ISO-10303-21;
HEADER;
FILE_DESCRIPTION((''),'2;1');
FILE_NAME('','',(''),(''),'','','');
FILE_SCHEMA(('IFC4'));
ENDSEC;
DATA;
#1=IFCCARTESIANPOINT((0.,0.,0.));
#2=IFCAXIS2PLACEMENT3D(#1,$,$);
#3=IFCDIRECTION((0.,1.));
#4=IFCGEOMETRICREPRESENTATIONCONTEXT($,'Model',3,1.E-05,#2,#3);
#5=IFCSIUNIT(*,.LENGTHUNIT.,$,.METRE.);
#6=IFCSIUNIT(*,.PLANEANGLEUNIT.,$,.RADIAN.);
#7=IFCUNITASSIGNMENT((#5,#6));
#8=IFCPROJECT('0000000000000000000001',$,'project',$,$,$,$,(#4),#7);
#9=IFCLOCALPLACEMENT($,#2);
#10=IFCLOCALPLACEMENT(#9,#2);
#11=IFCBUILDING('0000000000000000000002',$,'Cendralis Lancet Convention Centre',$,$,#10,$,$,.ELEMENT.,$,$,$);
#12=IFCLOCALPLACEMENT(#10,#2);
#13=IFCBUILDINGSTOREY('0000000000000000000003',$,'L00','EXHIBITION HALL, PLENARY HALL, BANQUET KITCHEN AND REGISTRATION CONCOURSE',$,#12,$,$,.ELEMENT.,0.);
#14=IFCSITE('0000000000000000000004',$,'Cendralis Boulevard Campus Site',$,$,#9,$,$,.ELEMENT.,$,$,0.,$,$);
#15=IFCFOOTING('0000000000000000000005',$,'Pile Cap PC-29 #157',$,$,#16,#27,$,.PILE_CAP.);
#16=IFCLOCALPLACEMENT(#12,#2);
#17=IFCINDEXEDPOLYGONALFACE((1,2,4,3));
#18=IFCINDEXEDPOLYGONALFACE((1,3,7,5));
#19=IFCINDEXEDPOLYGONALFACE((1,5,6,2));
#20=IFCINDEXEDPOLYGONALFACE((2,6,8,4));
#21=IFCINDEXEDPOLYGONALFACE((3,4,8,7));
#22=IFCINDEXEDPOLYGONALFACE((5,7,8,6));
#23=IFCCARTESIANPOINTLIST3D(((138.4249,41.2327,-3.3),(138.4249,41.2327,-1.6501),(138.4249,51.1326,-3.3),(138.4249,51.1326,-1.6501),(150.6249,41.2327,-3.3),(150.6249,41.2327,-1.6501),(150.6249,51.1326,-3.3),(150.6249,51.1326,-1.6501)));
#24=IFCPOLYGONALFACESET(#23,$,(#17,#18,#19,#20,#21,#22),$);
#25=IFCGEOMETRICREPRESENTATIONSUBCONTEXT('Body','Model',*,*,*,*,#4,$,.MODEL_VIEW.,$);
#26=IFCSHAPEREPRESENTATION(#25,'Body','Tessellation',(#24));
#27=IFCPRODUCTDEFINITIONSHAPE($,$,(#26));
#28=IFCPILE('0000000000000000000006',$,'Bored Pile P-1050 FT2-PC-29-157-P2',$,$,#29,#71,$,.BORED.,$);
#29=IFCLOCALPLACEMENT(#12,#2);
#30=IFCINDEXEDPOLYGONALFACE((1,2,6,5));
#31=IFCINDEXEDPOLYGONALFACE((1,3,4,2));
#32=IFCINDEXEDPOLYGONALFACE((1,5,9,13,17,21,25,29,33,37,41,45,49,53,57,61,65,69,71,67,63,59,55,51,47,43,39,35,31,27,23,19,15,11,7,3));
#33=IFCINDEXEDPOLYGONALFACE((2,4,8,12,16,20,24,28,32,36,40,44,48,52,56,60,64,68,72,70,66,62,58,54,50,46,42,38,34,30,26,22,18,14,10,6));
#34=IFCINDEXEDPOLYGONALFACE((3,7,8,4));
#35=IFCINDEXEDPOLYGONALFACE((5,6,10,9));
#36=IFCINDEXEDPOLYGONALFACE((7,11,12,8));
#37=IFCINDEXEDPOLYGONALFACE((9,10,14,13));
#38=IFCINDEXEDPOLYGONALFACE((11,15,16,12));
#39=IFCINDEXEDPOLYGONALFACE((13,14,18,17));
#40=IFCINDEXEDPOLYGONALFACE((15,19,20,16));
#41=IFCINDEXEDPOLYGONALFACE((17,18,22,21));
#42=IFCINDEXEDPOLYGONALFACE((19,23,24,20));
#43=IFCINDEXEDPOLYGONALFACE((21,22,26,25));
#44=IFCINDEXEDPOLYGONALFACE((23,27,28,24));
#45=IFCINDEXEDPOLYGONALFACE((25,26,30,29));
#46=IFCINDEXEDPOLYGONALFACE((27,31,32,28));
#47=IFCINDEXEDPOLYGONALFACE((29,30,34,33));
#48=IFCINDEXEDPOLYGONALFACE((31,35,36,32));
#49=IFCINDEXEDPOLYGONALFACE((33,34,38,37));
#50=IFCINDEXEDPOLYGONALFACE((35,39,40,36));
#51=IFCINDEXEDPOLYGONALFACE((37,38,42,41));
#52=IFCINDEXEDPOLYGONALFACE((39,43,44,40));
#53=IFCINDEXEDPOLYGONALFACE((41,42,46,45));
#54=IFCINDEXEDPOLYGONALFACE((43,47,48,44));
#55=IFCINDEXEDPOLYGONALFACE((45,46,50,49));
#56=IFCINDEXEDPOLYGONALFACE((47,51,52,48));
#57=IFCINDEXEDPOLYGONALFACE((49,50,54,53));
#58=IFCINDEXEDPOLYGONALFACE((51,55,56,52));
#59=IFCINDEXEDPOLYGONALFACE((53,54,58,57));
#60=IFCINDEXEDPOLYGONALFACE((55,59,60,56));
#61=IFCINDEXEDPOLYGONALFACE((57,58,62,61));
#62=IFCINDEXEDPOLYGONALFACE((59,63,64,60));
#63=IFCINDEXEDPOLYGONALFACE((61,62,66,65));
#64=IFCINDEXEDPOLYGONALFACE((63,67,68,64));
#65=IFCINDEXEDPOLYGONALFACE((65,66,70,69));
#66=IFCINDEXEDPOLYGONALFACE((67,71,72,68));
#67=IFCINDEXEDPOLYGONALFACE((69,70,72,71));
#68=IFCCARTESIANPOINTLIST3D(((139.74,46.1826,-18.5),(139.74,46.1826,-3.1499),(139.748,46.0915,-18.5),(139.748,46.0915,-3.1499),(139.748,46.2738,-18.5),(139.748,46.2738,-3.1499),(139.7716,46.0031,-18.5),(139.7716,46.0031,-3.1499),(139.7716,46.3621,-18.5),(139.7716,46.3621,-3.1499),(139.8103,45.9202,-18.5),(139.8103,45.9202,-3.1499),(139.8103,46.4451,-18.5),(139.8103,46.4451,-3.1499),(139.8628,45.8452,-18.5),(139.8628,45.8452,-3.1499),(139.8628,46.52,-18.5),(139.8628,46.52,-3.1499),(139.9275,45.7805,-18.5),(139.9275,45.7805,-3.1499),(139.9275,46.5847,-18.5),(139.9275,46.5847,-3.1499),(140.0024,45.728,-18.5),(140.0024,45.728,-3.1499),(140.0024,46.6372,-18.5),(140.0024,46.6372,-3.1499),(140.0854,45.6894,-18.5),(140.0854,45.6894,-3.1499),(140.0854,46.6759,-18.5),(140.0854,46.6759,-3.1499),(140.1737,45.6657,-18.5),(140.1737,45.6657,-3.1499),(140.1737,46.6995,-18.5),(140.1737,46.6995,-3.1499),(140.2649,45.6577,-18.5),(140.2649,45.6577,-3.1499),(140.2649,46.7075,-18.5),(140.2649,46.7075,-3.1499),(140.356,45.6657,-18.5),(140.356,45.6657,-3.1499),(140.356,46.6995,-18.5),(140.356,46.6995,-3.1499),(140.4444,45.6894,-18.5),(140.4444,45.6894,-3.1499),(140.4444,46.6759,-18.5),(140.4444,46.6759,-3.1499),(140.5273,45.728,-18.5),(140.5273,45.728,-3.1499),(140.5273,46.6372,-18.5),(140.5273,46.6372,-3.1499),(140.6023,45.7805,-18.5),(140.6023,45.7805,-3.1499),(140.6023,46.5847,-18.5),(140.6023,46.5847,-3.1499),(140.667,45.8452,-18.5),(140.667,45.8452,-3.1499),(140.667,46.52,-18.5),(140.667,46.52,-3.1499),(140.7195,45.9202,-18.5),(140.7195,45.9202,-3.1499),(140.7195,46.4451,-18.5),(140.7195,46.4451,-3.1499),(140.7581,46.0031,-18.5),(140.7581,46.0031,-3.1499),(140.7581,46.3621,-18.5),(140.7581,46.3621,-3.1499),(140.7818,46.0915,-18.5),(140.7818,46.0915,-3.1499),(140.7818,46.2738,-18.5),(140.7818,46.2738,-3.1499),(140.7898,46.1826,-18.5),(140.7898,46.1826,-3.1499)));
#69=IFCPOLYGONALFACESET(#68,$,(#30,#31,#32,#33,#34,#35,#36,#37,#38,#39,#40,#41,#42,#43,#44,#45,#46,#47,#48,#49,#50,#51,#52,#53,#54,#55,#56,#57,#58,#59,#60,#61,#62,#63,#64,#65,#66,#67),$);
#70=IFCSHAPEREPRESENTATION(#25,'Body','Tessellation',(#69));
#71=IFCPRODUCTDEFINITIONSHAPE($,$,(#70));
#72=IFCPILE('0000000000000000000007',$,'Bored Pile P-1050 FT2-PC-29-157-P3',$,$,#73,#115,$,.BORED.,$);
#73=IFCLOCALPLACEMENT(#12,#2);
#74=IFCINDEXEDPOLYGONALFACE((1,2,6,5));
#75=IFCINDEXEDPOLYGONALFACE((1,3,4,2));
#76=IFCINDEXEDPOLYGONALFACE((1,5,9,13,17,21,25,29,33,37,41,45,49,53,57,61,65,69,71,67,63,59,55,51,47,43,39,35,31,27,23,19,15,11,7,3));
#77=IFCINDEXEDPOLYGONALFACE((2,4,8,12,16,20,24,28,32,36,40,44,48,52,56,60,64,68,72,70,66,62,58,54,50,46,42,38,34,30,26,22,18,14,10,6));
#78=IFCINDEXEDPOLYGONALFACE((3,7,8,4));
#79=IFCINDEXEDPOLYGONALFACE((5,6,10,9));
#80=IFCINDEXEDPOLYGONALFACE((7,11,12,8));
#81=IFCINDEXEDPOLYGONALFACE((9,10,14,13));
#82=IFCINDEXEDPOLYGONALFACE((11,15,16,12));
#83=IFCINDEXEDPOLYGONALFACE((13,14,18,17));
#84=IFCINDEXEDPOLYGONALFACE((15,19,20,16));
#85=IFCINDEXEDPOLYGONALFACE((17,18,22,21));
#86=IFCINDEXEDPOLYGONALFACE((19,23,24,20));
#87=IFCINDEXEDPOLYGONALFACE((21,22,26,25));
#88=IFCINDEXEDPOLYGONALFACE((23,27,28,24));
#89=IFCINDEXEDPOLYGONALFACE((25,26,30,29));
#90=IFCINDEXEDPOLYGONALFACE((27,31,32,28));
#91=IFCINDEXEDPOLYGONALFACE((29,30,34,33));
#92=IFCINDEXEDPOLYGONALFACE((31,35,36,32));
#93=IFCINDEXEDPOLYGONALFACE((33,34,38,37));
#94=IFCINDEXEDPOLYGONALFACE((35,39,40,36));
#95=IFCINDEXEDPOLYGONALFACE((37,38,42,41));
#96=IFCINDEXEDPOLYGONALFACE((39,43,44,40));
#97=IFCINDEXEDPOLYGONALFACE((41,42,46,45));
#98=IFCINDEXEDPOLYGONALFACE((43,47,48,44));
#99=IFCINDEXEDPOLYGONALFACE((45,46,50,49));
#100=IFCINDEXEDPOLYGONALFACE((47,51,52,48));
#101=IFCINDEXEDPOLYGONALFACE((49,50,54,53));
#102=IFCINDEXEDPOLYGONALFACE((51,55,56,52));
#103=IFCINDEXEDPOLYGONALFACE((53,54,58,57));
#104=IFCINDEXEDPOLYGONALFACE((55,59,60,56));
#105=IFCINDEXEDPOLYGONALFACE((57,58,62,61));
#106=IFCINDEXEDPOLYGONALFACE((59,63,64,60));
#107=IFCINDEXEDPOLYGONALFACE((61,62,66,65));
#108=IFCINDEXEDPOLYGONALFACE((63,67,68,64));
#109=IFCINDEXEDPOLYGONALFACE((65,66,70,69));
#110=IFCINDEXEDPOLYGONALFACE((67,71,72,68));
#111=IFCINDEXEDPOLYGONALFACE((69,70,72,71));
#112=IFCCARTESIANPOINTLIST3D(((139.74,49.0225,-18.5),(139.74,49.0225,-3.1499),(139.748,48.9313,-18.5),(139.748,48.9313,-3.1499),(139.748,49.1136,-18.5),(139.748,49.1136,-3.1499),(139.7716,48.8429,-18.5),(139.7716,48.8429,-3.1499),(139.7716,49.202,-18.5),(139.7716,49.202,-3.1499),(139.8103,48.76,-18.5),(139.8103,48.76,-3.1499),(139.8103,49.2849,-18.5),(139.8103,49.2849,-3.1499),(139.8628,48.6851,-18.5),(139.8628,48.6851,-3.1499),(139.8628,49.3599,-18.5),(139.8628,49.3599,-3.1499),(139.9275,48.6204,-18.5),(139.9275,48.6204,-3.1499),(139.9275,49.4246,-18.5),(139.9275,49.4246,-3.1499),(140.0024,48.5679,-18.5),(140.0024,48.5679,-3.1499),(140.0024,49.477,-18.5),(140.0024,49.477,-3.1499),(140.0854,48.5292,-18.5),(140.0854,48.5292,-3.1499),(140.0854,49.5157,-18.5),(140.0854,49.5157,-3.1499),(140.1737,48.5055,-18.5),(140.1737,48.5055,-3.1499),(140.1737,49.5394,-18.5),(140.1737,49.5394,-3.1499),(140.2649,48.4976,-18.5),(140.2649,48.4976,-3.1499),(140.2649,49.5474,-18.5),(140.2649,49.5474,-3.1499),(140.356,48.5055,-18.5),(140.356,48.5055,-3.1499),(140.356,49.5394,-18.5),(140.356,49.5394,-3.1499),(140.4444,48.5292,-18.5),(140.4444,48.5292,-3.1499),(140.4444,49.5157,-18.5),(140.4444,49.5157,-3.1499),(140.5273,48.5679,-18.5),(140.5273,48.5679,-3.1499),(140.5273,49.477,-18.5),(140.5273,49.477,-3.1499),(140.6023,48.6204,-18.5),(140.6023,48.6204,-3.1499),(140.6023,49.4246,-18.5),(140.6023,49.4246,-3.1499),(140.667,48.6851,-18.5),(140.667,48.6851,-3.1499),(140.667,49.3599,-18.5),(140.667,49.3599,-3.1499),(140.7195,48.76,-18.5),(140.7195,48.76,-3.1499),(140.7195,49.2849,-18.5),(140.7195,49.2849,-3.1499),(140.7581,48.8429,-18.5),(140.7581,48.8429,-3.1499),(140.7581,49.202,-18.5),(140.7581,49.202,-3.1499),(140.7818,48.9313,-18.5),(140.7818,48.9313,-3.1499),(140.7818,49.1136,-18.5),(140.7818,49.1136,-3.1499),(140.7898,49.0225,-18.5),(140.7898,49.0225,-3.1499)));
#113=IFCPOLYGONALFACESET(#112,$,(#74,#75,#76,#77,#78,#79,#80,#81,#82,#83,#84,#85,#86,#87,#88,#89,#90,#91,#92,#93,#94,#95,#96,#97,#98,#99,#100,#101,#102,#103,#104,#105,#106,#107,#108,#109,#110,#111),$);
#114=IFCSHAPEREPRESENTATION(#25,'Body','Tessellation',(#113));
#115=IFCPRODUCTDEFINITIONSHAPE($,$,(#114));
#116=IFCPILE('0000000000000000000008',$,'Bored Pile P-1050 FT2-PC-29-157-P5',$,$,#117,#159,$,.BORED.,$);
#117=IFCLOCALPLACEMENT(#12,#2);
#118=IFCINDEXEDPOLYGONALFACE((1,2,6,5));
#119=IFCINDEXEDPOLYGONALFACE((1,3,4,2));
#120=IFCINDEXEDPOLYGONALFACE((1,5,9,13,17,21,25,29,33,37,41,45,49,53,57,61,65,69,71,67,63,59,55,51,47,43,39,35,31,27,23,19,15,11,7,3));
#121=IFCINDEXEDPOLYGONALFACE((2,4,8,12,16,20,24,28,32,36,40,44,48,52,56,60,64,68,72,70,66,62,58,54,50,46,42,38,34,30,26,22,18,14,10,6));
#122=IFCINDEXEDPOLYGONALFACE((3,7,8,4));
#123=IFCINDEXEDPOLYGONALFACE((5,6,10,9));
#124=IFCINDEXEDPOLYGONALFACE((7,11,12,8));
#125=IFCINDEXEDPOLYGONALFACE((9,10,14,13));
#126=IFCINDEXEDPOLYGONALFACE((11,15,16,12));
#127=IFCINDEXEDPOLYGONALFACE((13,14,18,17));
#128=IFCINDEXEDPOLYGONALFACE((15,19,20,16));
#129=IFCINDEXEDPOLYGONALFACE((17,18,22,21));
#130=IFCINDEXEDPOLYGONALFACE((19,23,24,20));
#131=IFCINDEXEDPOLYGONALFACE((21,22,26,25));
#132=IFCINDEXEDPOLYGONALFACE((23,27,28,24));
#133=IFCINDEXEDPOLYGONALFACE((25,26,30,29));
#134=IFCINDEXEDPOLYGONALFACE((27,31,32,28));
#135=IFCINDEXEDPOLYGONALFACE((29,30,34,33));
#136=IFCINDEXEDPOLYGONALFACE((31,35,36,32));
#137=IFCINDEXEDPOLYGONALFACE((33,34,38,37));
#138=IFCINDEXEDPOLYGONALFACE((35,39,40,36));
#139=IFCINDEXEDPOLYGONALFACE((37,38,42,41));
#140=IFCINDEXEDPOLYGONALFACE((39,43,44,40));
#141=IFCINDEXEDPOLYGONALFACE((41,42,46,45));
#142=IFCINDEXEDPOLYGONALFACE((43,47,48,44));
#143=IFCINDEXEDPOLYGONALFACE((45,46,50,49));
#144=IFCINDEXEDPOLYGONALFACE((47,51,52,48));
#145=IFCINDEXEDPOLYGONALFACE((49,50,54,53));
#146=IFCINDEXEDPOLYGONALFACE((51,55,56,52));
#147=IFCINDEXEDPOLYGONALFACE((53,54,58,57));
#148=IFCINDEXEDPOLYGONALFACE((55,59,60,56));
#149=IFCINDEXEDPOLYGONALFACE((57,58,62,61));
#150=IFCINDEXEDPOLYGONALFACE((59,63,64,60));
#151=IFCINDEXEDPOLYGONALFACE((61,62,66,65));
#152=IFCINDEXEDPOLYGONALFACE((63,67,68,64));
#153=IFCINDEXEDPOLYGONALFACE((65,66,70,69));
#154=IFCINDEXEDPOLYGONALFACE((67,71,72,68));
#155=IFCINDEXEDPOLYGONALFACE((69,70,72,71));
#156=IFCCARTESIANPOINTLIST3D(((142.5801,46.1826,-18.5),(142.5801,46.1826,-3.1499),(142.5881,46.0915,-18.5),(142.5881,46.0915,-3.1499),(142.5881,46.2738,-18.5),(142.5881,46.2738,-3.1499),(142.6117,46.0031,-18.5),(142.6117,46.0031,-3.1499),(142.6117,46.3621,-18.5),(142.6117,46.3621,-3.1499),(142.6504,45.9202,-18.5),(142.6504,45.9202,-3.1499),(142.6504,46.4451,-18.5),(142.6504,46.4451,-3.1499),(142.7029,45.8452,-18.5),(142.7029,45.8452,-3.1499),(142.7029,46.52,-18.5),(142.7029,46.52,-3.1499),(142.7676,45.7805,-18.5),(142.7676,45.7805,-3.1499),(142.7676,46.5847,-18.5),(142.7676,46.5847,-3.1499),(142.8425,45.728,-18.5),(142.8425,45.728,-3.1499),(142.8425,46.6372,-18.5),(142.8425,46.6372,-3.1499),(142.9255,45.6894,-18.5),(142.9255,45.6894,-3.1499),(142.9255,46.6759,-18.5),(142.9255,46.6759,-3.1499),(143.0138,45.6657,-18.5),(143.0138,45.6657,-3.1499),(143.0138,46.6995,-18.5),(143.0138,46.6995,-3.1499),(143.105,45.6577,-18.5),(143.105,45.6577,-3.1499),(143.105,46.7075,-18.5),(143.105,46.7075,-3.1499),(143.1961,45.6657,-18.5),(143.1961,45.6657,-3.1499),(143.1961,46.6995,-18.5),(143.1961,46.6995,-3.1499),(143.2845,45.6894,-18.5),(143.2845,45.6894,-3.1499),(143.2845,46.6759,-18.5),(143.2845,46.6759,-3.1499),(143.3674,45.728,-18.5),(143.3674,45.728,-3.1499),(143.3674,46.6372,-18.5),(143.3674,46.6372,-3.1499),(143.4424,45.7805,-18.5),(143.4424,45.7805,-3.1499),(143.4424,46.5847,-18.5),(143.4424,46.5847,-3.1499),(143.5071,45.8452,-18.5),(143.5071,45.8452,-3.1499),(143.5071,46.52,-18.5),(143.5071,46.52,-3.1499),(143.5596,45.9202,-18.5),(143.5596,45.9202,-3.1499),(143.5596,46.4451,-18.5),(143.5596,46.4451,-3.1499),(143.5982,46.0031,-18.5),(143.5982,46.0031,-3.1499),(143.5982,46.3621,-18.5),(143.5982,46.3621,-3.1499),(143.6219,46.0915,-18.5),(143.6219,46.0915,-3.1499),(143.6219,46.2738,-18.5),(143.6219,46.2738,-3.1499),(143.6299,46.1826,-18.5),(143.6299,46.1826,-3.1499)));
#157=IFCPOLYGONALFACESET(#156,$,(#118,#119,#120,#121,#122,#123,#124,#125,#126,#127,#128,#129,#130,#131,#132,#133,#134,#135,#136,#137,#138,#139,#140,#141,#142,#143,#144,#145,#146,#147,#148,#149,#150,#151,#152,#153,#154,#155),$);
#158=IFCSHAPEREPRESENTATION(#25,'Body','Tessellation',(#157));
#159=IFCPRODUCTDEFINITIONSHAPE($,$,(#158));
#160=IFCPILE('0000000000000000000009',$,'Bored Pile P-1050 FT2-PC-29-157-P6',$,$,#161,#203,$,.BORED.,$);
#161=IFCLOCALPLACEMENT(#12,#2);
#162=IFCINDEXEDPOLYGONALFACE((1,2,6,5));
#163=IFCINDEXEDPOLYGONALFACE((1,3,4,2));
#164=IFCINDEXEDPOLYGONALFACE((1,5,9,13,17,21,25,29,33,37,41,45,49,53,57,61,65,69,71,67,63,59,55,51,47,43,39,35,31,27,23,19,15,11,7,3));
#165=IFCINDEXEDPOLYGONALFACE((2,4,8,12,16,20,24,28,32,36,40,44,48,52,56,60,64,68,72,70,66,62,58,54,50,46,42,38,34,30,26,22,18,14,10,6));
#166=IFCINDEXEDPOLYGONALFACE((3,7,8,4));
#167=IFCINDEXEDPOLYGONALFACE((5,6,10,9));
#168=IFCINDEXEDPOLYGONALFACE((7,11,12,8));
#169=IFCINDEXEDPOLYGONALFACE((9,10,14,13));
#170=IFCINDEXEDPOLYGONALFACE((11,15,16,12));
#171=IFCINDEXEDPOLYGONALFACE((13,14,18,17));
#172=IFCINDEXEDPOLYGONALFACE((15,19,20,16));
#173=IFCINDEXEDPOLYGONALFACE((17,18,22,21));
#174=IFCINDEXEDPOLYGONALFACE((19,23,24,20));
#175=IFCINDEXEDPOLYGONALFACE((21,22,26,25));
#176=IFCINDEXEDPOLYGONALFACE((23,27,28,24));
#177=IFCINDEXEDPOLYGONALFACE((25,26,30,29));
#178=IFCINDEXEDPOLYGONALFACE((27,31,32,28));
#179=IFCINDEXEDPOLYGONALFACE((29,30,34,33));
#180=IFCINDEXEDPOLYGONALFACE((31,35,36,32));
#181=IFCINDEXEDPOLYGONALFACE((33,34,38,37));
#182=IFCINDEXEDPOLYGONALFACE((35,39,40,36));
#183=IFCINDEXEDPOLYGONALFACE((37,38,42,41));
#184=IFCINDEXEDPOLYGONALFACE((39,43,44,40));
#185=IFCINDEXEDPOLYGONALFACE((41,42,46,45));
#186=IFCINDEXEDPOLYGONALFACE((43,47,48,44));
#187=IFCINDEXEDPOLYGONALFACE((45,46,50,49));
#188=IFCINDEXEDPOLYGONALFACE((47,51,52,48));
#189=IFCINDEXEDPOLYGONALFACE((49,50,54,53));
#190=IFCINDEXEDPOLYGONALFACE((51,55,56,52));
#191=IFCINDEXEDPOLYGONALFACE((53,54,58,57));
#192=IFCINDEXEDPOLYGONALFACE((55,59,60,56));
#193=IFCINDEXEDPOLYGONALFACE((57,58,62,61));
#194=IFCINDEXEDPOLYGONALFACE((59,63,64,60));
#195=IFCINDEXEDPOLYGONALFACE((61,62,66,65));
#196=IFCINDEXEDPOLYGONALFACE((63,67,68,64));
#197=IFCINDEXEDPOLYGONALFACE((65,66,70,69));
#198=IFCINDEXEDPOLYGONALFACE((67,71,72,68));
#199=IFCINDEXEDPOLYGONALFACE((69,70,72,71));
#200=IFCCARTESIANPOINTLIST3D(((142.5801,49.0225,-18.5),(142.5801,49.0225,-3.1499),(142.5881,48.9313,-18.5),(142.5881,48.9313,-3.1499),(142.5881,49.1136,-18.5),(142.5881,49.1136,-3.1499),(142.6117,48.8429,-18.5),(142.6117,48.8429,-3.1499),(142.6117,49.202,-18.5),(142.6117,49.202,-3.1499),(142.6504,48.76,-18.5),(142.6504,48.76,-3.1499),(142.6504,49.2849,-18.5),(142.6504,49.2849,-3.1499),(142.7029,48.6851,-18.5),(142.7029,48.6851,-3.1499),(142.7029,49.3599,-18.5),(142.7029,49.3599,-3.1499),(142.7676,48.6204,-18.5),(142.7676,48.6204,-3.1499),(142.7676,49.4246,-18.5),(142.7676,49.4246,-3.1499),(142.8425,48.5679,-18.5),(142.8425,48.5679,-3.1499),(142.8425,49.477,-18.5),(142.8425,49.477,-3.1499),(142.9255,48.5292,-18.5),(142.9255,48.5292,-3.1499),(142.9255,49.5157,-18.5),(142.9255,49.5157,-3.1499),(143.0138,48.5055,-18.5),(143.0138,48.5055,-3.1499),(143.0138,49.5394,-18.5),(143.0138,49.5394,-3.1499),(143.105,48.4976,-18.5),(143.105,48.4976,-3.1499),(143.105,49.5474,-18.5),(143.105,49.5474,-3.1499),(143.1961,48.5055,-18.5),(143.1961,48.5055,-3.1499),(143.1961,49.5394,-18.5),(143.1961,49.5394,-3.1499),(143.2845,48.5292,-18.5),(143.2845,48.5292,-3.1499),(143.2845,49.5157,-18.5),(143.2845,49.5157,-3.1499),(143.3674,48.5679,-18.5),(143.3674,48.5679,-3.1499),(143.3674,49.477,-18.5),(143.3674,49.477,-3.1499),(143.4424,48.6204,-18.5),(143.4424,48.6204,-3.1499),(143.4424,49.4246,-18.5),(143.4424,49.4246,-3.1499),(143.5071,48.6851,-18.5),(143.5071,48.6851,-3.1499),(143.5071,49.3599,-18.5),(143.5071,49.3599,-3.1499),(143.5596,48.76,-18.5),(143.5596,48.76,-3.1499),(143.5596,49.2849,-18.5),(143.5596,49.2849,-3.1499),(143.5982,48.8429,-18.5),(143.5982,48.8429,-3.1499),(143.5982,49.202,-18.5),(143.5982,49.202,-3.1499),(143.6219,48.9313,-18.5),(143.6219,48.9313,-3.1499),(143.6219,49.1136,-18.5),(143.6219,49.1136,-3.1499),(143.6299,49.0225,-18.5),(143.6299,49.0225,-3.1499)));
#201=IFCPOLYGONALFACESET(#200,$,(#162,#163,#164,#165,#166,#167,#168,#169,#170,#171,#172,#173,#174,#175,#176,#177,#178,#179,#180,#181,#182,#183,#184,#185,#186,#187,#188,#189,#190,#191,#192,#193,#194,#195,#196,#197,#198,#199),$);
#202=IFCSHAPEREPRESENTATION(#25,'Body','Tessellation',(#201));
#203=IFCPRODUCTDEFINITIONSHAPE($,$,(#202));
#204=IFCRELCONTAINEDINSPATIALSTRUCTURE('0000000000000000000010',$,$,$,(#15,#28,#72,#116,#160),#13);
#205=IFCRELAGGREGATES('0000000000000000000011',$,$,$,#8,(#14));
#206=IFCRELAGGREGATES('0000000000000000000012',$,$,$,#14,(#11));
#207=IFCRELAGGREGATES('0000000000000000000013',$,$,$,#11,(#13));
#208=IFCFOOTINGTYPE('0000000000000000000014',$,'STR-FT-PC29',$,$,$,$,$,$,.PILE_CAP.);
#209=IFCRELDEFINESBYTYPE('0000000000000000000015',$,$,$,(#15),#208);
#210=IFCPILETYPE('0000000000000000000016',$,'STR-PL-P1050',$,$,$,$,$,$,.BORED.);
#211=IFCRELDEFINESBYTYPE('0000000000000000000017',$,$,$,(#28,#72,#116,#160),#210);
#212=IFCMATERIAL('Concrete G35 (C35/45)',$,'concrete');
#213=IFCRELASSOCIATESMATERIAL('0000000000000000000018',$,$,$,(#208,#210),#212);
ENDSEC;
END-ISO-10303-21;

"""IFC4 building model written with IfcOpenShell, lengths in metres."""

from ifc_helpers import new_model, si_unit, direction, frame, origin, origin_2d, place, context, subcontext, project, spatial, rectangle, circle, extrude, material, material_profile, profile_set, type_object, element, save


model = new_model("IFC4")

# Units and contexts
model_context = context("Model", 3, precision=1e-05, world=origin(), true_north=direction((0.0, 1.0)))
body_context = subcontext(model_context, "Body", "Model", "MODEL_VIEW")
ifc_project = project(units=[si_unit("LENGTHUNIT", "METRE"), si_unit("PLANEANGLEUNIT", "RADIAN")], contexts=[model_context])

# Site, building, storey
site_placement = place(None, origin())
site = spatial("IfcSite", under=ifc_project, at=site_placement, Name="Cendralis Boulevard Campus Site", CompositionType="ELEMENT", RefElevation=0.0)
building_placement = place(site_placement, origin())
building = spatial("IfcBuilding", under=site, at=building_placement, Name="Cendralis Lancet Convention Centre", CompositionType="ELEMENT")
storey_placement = place(building_placement, origin())
storey = spatial("IfcBuildingStorey", under=building, at=storey_placement, Name="L00", Description="EXHIBITION HALL, PLENARY HALL, BANQUET KITCHEN AND REGISTRATION CONCOURSE", CompositionType="ELEMENT", Elevation=0.0)

# Footing
ifc_material_1 = material(Name="Concrete G35 (C35/45)", Category="concrete")
footing_type = type_object("IfcFootingType", Name="STR-FT-PC29", PredefinedType="PILE_CAP", material=ifc_material_1)
footing_placement = place(storey_placement, frame((144.5249, 46.1826, -3.3), z_axis=(0.0, 0.0, 1.0), x_axis=(1.0, 0.0, 0.0)))
element("IfcFooting", 1, at=footing_placement, inside=storey, type_object=footing_type, Name="Pile Cap PC-29 #157", PredefinedType="PILE_CAP", context=body_context, shape_type="SweptSolid", body=[
    extrude(rectangle(XDim=12.2, YDim=9.8999, at=origin_2d()), origin(), (0.0, 0.0, 1.0), 1.6499),
])

# Piles
ifc_material_profile_1 = material_profile(ifc_material_1, circle(Radius=0.5249, at=origin_2d()), Name="BORED PILE D1050")
ifc_profile_set_1 = profile_set([ifc_material_profile_1], Name="Concrete G35 (C35/45)")
pile_type = type_object("IfcPileType", Name="STR-PL-P1050", PredefinedType="BORED", material=ifc_profile_set_1)
for number, where, z_axis, x_axis, name in (
    (2, (140.2649, 46.1826, -3.1499), (0.0, 0.0, -1.0), (1.0, 0.0, 0.0), "Bored Pile P-1050 FT2-PC-29-157-P2"),
    (3, (140.2649, 49.0225, -3.1499), (0.0, 0.0, -1.0), (1.0, 0.0, 0.0), "Bored Pile P-1050 FT2-PC-29-157-P3"),
    (4, (143.105, 46.1826, -3.1499), (0.0, 0.0, -1.0), (1.0, 0.0, 0.0), "Bored Pile P-1050 FT2-PC-29-157-P5"),
    (5, (143.105, 49.0225, -3.1499), (0.0, 0.0, -1.0), (1.0, 0.0, 0.0), "Bored Pile P-1050 FT2-PC-29-157-P6"),
):
    element("IfcPile", number, at=place(storey_placement, frame(where, z_axis=z_axis, x_axis=x_axis)), inside=storey, type_object=pile_type, Name=name, PredefinedType="BORED", context=body_context, shape_type="SweptSolid", body=[
        extrude(circle(Radius=0.5249, at=origin_2d()), origin(), (0.0, 0.0, 1.0), 15.3501),
    ])

save(model, "model.ifc")
